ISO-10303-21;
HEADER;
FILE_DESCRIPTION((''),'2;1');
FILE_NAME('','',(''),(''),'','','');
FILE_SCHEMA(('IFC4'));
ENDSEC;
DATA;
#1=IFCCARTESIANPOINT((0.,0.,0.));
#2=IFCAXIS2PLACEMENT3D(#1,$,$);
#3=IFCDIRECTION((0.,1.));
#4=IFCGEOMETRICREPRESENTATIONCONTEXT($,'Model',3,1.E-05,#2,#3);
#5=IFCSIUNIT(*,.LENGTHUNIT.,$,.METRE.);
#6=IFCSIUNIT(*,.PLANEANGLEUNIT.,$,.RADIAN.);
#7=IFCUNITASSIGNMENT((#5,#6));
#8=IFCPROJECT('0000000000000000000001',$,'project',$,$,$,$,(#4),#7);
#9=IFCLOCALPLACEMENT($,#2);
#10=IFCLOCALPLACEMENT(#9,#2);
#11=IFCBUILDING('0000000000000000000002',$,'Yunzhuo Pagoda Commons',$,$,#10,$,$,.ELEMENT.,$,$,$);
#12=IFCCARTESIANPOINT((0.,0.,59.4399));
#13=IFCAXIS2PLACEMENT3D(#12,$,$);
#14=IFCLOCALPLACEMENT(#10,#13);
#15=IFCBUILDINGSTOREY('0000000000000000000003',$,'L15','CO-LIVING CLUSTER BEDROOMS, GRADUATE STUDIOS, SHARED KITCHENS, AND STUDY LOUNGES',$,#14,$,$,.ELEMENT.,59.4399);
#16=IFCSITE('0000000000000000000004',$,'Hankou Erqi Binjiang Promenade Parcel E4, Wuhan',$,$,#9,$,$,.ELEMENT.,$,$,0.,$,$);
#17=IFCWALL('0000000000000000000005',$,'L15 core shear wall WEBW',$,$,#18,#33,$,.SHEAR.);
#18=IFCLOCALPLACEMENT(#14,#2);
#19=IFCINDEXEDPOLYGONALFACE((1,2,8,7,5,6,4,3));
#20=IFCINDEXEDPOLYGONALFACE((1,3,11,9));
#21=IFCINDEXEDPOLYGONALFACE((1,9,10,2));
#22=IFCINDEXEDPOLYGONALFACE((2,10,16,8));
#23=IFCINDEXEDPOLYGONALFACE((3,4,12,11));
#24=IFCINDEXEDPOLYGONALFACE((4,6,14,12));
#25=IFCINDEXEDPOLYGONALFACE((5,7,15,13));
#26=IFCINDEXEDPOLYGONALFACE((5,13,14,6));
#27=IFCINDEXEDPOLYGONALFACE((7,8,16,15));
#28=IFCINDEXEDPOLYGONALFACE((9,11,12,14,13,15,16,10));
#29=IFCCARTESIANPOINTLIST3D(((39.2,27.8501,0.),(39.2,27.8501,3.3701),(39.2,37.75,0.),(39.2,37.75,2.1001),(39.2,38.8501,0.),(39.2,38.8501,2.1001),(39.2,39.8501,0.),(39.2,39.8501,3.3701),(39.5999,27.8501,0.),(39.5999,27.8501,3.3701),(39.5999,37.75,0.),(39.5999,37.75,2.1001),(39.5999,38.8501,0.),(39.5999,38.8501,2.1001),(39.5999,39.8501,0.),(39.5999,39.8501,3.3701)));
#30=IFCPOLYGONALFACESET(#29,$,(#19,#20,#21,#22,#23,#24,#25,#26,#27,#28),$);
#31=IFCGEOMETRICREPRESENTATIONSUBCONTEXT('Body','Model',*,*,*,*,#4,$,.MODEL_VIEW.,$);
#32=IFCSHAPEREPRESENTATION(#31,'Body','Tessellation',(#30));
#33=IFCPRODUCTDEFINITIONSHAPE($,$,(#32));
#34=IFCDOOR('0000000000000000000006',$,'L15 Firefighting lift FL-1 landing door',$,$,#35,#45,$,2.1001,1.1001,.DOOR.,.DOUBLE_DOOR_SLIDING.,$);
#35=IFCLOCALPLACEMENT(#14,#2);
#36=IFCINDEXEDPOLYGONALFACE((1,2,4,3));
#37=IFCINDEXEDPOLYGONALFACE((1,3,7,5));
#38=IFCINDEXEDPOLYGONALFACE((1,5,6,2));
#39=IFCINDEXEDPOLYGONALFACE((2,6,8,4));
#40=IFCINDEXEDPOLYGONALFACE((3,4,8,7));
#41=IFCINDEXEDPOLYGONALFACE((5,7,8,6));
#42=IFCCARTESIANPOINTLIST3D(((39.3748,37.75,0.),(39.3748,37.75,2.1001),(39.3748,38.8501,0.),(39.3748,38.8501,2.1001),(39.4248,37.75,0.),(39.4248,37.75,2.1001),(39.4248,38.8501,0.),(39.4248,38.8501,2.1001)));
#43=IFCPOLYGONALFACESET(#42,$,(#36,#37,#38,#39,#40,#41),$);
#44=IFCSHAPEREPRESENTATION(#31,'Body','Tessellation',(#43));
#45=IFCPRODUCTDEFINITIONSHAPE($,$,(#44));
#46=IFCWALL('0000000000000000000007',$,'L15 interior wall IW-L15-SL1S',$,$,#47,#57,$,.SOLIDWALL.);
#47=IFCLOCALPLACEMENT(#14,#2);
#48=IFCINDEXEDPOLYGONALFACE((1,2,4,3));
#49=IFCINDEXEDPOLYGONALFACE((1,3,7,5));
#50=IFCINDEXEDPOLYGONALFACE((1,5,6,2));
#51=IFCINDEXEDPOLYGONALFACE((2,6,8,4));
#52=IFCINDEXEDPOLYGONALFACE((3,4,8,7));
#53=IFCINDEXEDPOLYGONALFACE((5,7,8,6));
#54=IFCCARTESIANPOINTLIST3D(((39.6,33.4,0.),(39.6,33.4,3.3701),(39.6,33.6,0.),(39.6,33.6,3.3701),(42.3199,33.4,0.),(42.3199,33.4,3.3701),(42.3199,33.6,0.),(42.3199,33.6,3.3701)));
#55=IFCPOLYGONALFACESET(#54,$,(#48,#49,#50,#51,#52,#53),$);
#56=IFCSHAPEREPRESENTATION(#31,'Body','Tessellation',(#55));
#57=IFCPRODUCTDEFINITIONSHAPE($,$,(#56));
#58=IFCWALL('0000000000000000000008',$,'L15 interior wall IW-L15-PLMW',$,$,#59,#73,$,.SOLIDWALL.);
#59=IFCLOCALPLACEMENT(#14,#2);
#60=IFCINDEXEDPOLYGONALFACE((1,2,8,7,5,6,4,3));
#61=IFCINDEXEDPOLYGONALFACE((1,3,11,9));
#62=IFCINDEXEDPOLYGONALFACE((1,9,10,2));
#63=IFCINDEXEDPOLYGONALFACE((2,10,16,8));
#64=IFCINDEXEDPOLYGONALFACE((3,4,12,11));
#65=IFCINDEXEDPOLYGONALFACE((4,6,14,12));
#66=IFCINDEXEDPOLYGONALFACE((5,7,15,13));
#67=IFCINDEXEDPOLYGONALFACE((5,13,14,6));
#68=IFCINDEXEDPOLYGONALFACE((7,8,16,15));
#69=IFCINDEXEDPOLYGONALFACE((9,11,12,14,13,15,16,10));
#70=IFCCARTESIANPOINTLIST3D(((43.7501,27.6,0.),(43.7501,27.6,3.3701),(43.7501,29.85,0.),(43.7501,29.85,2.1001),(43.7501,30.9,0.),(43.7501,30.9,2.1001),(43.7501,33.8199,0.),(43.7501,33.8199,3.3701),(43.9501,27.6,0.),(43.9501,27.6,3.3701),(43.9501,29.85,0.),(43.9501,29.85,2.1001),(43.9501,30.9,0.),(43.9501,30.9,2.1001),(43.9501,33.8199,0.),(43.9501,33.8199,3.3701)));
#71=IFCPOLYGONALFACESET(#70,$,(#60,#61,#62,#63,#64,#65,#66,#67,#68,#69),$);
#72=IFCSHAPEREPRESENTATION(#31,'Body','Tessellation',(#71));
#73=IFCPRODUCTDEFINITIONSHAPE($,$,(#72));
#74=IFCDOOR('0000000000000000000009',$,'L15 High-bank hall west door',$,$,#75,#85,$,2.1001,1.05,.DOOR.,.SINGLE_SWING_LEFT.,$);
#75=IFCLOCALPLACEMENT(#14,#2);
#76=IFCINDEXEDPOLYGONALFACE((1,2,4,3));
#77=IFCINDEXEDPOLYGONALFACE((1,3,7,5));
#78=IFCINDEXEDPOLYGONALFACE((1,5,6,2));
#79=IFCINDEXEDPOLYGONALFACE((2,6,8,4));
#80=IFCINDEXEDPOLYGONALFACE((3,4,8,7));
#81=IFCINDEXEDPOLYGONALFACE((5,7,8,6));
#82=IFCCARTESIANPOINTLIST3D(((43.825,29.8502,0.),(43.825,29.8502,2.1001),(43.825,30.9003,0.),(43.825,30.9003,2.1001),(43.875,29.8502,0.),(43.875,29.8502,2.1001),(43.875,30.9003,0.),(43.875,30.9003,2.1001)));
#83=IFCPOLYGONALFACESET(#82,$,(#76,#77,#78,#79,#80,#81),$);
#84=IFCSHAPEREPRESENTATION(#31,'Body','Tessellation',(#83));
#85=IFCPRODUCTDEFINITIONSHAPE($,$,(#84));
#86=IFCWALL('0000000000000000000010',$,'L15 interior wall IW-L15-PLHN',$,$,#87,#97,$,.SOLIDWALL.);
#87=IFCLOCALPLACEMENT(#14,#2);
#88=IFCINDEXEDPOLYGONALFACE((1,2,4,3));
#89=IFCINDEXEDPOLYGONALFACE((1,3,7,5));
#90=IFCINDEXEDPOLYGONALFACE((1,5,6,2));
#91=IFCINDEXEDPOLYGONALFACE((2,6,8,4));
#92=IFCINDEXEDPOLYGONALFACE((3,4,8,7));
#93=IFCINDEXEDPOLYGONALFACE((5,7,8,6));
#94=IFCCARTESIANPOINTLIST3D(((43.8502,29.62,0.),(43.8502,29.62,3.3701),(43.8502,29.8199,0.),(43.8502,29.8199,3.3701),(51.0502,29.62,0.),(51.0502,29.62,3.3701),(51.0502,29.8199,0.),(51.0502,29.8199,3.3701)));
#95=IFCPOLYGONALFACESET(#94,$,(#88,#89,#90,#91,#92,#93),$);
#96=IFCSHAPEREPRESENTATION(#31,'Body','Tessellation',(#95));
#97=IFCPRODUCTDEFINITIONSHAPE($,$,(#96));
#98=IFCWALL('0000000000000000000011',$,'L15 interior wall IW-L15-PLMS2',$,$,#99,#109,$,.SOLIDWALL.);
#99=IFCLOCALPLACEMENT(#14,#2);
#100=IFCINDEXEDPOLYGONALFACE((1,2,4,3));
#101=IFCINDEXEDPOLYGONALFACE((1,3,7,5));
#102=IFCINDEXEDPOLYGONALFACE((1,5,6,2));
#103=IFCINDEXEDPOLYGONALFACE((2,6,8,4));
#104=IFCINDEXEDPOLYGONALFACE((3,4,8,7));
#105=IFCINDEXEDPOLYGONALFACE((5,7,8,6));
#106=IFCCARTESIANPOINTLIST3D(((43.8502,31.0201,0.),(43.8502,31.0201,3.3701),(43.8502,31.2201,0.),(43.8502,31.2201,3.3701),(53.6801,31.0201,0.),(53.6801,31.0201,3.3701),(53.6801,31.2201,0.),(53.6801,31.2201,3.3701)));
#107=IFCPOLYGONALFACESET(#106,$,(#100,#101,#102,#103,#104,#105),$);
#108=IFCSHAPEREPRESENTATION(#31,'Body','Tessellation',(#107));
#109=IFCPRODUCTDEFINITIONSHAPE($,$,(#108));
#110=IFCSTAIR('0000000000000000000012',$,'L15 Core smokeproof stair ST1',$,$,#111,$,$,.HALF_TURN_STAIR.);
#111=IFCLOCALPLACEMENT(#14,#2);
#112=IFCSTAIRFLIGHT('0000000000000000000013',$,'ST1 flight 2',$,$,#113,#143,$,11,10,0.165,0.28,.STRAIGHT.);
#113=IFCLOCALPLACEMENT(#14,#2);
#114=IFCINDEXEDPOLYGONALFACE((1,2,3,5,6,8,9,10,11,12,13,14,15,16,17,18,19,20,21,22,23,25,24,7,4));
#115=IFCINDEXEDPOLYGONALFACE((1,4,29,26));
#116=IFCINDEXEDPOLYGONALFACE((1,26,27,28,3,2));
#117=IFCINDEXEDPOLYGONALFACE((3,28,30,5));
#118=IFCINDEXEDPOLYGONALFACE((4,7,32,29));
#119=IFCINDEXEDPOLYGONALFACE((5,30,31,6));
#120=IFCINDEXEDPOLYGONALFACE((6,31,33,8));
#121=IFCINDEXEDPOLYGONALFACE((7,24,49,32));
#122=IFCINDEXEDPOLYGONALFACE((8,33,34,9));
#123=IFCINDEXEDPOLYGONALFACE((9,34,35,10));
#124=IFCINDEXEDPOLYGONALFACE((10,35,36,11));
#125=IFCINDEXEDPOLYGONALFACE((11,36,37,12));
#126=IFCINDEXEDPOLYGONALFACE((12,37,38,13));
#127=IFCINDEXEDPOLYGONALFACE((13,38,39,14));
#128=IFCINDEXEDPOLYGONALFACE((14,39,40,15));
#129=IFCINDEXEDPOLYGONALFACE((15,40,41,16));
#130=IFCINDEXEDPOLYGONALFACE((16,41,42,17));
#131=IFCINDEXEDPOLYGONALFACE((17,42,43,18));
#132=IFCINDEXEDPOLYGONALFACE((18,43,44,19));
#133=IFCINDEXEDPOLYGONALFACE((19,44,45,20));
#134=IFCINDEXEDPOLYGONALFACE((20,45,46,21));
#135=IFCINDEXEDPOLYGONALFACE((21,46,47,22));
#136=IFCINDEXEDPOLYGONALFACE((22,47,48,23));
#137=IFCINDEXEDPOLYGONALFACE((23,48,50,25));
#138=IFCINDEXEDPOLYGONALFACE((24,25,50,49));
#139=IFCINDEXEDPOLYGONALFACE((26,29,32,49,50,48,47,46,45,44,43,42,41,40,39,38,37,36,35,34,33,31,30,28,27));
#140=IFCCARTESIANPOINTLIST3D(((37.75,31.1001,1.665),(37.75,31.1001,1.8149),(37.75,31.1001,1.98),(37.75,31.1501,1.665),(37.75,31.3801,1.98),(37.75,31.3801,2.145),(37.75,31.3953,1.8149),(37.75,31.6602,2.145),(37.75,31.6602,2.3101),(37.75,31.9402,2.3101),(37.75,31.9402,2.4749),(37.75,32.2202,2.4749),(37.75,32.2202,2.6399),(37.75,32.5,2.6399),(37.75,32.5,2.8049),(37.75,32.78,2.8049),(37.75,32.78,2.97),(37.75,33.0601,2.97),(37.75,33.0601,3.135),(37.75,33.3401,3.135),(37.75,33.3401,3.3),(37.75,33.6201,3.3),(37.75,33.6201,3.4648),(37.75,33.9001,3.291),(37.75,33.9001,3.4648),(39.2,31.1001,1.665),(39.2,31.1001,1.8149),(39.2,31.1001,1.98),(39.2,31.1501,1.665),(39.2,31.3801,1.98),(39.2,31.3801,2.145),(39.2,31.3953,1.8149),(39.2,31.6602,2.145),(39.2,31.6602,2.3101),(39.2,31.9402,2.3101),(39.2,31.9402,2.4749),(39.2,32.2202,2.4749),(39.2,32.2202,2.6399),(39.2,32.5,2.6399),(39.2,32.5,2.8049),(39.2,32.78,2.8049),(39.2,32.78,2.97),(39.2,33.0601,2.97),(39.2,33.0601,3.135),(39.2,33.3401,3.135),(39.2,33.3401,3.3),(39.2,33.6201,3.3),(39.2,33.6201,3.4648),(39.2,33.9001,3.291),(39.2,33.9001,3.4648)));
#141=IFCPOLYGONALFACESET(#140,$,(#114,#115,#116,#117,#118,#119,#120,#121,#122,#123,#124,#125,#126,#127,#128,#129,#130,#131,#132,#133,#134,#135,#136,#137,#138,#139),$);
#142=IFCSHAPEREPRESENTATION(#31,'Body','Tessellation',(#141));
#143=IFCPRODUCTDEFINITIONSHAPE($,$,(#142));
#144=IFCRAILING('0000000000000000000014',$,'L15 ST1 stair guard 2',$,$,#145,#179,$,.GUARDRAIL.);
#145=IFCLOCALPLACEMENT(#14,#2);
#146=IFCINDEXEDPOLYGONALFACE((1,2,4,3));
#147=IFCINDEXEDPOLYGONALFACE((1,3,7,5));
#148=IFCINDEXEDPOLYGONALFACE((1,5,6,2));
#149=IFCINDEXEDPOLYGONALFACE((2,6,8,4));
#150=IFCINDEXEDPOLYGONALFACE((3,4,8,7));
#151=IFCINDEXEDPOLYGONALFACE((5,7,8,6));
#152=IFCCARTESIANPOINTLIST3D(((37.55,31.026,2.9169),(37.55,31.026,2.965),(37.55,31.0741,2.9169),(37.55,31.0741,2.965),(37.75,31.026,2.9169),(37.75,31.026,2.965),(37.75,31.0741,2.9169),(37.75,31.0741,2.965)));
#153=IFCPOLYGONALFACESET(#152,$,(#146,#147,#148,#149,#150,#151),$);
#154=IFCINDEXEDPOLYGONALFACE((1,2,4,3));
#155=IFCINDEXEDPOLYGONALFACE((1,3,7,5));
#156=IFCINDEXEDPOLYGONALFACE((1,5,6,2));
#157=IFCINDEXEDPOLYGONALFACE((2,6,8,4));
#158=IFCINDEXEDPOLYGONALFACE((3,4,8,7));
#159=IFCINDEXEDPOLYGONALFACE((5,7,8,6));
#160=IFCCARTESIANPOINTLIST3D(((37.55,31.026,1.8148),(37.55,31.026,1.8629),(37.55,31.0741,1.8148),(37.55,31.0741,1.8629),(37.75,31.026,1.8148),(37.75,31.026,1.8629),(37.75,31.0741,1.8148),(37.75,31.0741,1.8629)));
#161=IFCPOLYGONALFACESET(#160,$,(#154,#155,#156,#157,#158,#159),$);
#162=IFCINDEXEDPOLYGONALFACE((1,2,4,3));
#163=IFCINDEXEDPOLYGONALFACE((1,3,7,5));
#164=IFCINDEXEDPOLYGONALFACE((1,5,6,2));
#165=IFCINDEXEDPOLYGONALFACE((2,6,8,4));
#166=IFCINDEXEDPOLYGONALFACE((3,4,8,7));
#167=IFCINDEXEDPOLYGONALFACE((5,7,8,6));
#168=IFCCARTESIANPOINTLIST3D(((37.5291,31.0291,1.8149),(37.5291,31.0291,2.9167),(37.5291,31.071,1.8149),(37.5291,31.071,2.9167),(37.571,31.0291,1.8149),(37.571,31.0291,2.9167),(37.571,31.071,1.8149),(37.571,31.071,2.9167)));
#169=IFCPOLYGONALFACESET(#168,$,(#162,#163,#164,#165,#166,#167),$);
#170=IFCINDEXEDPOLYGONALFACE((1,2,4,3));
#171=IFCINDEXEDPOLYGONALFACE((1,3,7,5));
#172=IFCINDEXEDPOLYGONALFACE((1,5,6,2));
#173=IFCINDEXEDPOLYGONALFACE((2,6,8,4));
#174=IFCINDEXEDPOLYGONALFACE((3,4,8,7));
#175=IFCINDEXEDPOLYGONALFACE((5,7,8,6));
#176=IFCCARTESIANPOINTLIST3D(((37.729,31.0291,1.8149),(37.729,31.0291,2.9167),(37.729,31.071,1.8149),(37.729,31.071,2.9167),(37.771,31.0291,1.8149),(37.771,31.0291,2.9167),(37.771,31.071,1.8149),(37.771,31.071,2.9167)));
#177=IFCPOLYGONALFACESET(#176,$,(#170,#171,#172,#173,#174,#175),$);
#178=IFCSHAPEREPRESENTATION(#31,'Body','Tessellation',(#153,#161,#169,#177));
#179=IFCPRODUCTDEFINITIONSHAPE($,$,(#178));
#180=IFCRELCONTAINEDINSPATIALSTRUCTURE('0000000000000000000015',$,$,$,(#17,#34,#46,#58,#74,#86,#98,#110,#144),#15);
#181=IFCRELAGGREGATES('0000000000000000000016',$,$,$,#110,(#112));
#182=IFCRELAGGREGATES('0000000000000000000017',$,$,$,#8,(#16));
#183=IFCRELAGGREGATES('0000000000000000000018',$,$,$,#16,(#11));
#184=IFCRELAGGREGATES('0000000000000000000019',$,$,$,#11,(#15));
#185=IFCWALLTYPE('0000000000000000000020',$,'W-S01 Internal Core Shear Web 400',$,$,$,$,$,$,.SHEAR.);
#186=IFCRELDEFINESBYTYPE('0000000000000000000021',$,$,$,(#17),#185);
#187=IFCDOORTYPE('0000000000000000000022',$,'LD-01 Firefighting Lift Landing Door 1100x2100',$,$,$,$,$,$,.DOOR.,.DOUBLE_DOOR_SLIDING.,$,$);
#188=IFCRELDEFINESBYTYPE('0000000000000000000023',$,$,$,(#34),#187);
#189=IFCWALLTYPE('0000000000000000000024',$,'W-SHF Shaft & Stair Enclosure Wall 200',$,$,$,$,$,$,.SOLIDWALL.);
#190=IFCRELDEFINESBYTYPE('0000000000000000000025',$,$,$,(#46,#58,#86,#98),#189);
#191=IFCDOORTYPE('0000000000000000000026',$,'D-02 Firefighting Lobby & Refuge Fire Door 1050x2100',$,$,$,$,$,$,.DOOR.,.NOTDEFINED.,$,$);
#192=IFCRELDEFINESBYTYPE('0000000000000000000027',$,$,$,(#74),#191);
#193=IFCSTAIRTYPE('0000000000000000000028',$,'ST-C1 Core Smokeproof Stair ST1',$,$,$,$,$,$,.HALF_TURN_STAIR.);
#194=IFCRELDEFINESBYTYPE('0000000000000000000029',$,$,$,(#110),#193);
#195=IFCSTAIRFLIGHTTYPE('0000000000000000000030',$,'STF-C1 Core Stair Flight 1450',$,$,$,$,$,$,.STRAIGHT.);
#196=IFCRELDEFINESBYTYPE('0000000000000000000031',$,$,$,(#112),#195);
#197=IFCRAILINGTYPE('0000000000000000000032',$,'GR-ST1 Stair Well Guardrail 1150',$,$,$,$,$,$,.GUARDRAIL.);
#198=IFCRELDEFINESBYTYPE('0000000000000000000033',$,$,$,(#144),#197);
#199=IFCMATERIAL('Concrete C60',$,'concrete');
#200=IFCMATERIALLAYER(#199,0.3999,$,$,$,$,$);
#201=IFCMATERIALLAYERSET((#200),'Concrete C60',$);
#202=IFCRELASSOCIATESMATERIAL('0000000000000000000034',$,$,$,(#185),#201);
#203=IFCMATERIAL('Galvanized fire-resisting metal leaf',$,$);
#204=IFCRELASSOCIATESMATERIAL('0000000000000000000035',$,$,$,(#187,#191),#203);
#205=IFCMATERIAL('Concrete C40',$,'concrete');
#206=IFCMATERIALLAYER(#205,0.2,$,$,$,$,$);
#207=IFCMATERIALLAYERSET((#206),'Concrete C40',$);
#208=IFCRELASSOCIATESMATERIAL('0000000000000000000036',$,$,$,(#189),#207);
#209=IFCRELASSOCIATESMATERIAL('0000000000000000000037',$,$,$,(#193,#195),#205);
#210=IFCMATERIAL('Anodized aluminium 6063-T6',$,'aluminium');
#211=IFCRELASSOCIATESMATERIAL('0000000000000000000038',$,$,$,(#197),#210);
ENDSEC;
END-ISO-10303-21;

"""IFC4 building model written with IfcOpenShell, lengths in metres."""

from ifc_helpers import new_model, si_unit, direction, frame, frame_2d, origin, origin_2d, place, context, subcontext, project, spatial, polyline, rectangle, outline, extrude, source, transform, mapped, material, layer, layer_set, type_object, element, fill, aggregate, save


model = new_model("IFC4")

# Units and contexts
model_context = context("Model", 3, precision=1e-05, world=origin(), true_north=direction((0.0, 1.0)))
body_context = subcontext(model_context, "Body", "Model", "MODEL_VIEW")
ifc_project = project(units=[si_unit("LENGTHUNIT", "METRE"), si_unit("PLANEANGLEUNIT", "RADIAN")], contexts=[model_context])

# Site, building, storey
site_placement = place(None, origin())
site = spatial("IfcSite", under=ifc_project, at=site_placement, Name="Hankou Erqi Binjiang Promenade Parcel E4, Wuhan", CompositionType="ELEMENT", RefElevation=0.0)
building_placement = place(site_placement, origin())
building = spatial("IfcBuilding", under=site, at=building_placement, Name="Yunzhuo Pagoda Commons", CompositionType="ELEMENT")
storey_placement = place(building_placement, frame((0.0, 0.0, 59.4399)))
storey = spatial("IfcBuildingStorey", under=building, at=storey_placement, Name="L15", Description="CO-LIVING CLUSTER BEDROOMS, GRADUATE STUDIOS, SHARED KITCHENS, AND STUDY LOUNGES", CompositionType="ELEMENT", Elevation=59.4399)

# Shared definitions
ifc_material_1 = material(Name="Concrete C60", Category="concrete")

# Shared definitions
ifc_material_2 = material(Name="Galvanized fire-resisting metal leaf")

# Wall, opening, door
ifc_layer_1 = layer(ifc_material_1, 0.3999)
ifc_layer_set_1 = layer_set([ifc_layer_1], Name="Concrete C60")
wall_type_1 = type_object("IfcWallType", Name="W-S01 Internal Core Shear Web 400", PredefinedType="SHEAR", material=ifc_layer_set_1)
wall_1_placement = place(storey_placement, frame((39.3999, 27.8501, 0.0), z_axis=(0.0, 0.0, 1.0), x_axis=(0.0, 1.0, 0.0)))
wall_1 = element("IfcWall", 1, at=wall_1_placement, inside=storey, type_object=wall_type_1, Name="L15 core shear wall WEBW", PredefinedType="SHEAR", context=body_context, shape_type="SweptSolid", body=[
    extrude(rectangle(XDim=12.0, YDim=0.3999, at=frame_2d((6.0, 0.0))), origin(), (0.0, 0.0, 1.0), 3.3701),
])
opening_1_placement = place(wall_1_placement, frame((9.8999, 0.0, 0.0)))
opening_1 = element("IfcOpeningElement", 2, at=opening_1_placement, cuts=wall_1, PredefinedType="OPENING", context=body_context, shape_type="SweptSolid", body=[
    extrude(rectangle(XDim=1.1001, YDim=2.1001, at=frame_2d((0.55, 1.05))), frame((0.0, 0.21, 0.0), z_axis=(0.0, -1.0, 0.0), x_axis=(1.0, 0.0, 0.0)), (0.0, 0.0, 1.0), 0.4199),
])
door_type_1 = type_object("IfcDoorType", Name="LD-01 Firefighting Lift Landing Door 1100x2100", OperationType="DOUBLE_DOOR_SLIDING", PredefinedType="DOOR", material=ifc_material_2)
shared_shape_1 = source(origin(), body_context, "Body", "SweptSolid", [
    extrude(rectangle(XDim=1.1001, YDim=2.1001, at=frame_2d((0.55, 1.05))), frame((0.0, 0.0249, 0.0), z_axis=(0.0, -1.0, 0.0), x_axis=(1.0, 0.0, 0.0)), (0.0, 0.0, 1.0), 0.05),
])
door_1_placement = place(opening_1_placement, frame((1.1001, 0.0, 0.0), z_axis=(0.0, 0.0, 1.0), x_axis=(-1.0, 0.0, 0.0)))
door_1 = element("IfcDoor", 3, at=door_1_placement, inside=storey, type_object=door_type_1, Name="L15 Firefighting lift FL-1 landing door", OperationType="DOUBLE_DOOR_SLIDING", OverallHeight=2.1001, OverallWidth=1.1001, PredefinedType="DOOR", context=body_context, shape_type="MappedRepresentation", body=[
    mapped(shared_shape_1, transform((0.0, 0.0, 0.0), scale=1.0)),
])
fill(opening_1, door_1)

# Wall
ifc_material_3 = material(Name="Concrete C40", Category="concrete")
ifc_layer_2 = layer(ifc_material_3, 0.2)
ifc_layer_set_2 = layer_set([ifc_layer_2], Name="Concrete C40")
wall_type_2 = type_object("IfcWallType", Name="W-SHF Shaft & Stair Enclosure Wall 200", PredefinedType="SOLIDWALL", material=ifc_layer_set_2)
wall_2_placement = place(storey_placement, frame((39.6001, 33.5, 0.0), z_axis=(0.0, 0.0, 1.0), x_axis=(1.0, 0.0, 0.0)))
element("IfcWall", 4, at=wall_2_placement, inside=storey, type_object=wall_type_2, Name="L15 interior wall IW-L15-SL1S", PredefinedType="SOLIDWALL", context=body_context, shape_type="SweptSolid", body=[
    extrude(rectangle(XDim=2.72, YDim=0.2, at=frame_2d((1.3599, 0.0))), origin(), (0.0, 0.0, 1.0), 3.3701),
])

# Wall, opening, door
wall_3_placement = place(storey_placement, frame((43.8501, 27.6001, 0.0), z_axis=(0.0, 0.0, 1.0), x_axis=(0.0, 1.0, 0.0)))
wall_3 = element("IfcWall", 5, at=wall_3_placement, inside=storey, type_object=wall_type_2, Name="L15 interior wall IW-L15-PLMW", PredefinedType="SOLIDWALL", context=body_context, shape_type="SweptSolid", body=[
    extrude(rectangle(XDim=6.22, YDim=0.2, at=frame_2d((3.1099, 0.0))), origin(), (0.0, 0.0, 1.0), 3.3701),
])
opening_2_placement = place(wall_3_placement, frame((2.25, 0.0, 0.0)))
opening_2 = element("IfcOpeningElement", 6, at=opening_2_placement, cuts=wall_3, PredefinedType="OPENING", context=body_context, shape_type="SweptSolid", body=[
    extrude(rectangle(XDim=1.05, YDim=2.1001, at=frame_2d((0.5249, 1.05))), frame((0.0, 0.1099, 0.0), z_axis=(0.0, -1.0, 0.0), x_axis=(1.0, 0.0, 0.0)), (0.0, 0.0, 1.0), 0.22),
])
door_type_2 = type_object("IfcDoorType", Name="D-02 Firefighting Lobby & Refuge Fire Door 1050x2100", OperationType="NOTDEFINED", PredefinedType="DOOR", material=ifc_material_2)
shared_shape_2 = source(origin(), body_context, "Body", "SweptSolid", [
    extrude(rectangle(XDim=1.05, YDim=2.1001, at=frame_2d((0.5249, 1.05))), frame((0.0, 0.0249, 0.0), z_axis=(0.0, -1.0, 0.0), x_axis=(1.0, 0.0, 0.0)), (0.0, 0.0, 1.0), 0.05),
])
door_2_placement = place(opening_2_placement, frame((1.05, 0.0, 0.0), z_axis=(0.0, 0.0, 1.0), x_axis=(-1.0, 0.0, 0.0)))
door_2 = element("IfcDoor", 7, at=door_2_placement, inside=storey, type_object=door_type_2, Name="L15 High-bank hall west door", OperationType="SINGLE_SWING_LEFT", OverallHeight=2.1001, OverallWidth=1.05, PredefinedType="DOOR", context=body_context, shape_type="MappedRepresentation", body=[
    mapped(shared_shape_2, transform((0.0, 0.0, 0.0), scale=1.0)),
])
fill(opening_2, door_2)

# Walls
wall_4_placement = place(storey_placement, frame((43.8501, 29.72, 0.0), z_axis=(0.0, 0.0, 1.0), x_axis=(1.0, 0.0, 0.0)))
element("IfcWall", 8, at=wall_4_placement, inside=storey, type_object=wall_type_2, Name="L15 interior wall IW-L15-PLHN", PredefinedType="SOLIDWALL", context=body_context, shape_type="SweptSolid", body=[
    extrude(rectangle(XDim=7.2, YDim=0.2, at=frame_2d((3.6001, 0.0))), origin(), (0.0, 0.0, 1.0), 3.3701),
])
wall_5_placement = place(storey_placement, frame((43.8501, 31.1201, 0.0), z_axis=(0.0, 0.0, 1.0), x_axis=(1.0, 0.0, 0.0)))
element("IfcWall", 9, at=wall_5_placement, inside=storey, type_object=wall_type_2, Name="L15 interior wall IW-L15-PLMS2", PredefinedType="SOLIDWALL", context=body_context, shape_type="SweptSolid", body=[
    extrude(rectangle(XDim=9.8298, YDim=0.2, at=frame_2d((4.915, 0.0))), origin(), (0.0, 0.0, 1.0), 3.3701),
])

# Stair, stair flight
stair_type = type_object("IfcStairType", Name="ST-C1 Core Smokeproof Stair ST1", PredefinedType="HALF_TURN_STAIR", material=ifc_material_3)
stair_placement = place(storey_placement, origin())
stair = element("IfcStair", 10, at=stair_placement, inside=storey, type_object=stair_type, Name="L15 Core smokeproof stair ST1", PredefinedType="HALF_TURN_STAIR")
stair_flight_type = type_object("IfcStairFlightType", Name="STF-C1 Core Stair Flight 1450", PredefinedType="STRAIGHT", material=ifc_material_3)
shared_shape_3 = source(origin(), body_context, "Body", "SweptSolid", [
    extrude(outline(polyline([(0.0, -0.1499), (0.0, 0.0), (0.0, 0.165), (0.28, 0.165), (0.28, 0.3301), (0.5601, 0.3301), (0.5601, 0.4951), (0.8401, 0.4951), (0.8401, 0.6599), (1.1201, 0.6599), (1.1201, 0.825), (1.3999, 0.825), (1.3999, 0.99), (1.6799, 0.99), (1.6799, 1.155), (1.96, 1.155), (1.96, 1.3201), (2.24, 1.3201), (2.24, 1.4851), (2.52, 1.4851), (2.52, 1.6499), (2.8, 1.6499), (2.8, 1.8149), (2.8, 1.4761), (0.2952, 0.0), (0.05, -0.1499), (0.0, -0.1499)])), frame((0.0, 0.7251, 0.0), z_axis=(0.0, -1.0, 0.0), x_axis=(1.0, 0.0, 0.0)), (0.0, 0.0, 1.0), 1.45),
])
stair_flight_placement = place(storey_placement, frame((38.4751, 31.1001, 1.8149), z_axis=(0.0, 0.0, 1.0), x_axis=(0.0, 1.0, 0.0)))
stair_flight = element("IfcStairFlight", 11, at=stair_flight_placement, type_object=stair_flight_type, Name="ST1 flight 2", NumberOfRisers=11, NumberOfTreads=10, PredefinedType="STRAIGHT", RiserHeight=0.165, TreadLength=0.28, context=body_context, shape_type="MappedRepresentation", body=[
    mapped(shared_shape_3, transform((0.0, 0.0, 0.0), scale=1.0)),
])
aggregate(stair, [stair_flight])

# Railing
ifc_material_4 = material(Name="Anodized aluminium 6063-T6", Category="aluminium")
railing_type_1 = type_object("IfcRailingType", Name="GR-ST1 Stair Well Guardrail 1150", PredefinedType="GUARDRAIL", material=ifc_material_4)
railing_1_placement = place(storey_placement, frame((37.55, 31.05, 1.8149)))
element("IfcRailing", 12, at=railing_1_placement, inside=storey, type_object=railing_type_1, Name="L15 ST1 stair guard 2", PredefinedType="GUARDRAIL", context=body_context, shape_type="SweptSolid", body=[
    extrude(rectangle(XDim=0.0481, YDim=0.0481, at=origin_2d()), frame((0.0, 0.0, 1.126), z_axis=(1.0, 0.0, 0.0), x_axis=(0.0, 1.0, 0.0)), (0.0, 0.0, 1.0), 0.2),
    extrude(rectangle(XDim=0.0481, YDim=0.0481, at=origin_2d()), frame((0.0, 0.0, 0.0239), z_axis=(1.0, 0.0, 0.0), x_axis=(0.0, 1.0, 0.0)), (0.0, 0.0, 1.0), 0.2),
    extrude(rectangle(XDim=0.042, YDim=0.042, at=origin_2d()), origin(), (0.0, 0.0, 1.0), 1.1018),
    extrude(rectangle(XDim=0.042, YDim=0.042, at=origin_2d()), frame((0.2, 0.0, 0.0)), (0.0, 0.0, 1.0), 1.1018),
])

save(model, "model.ifc")
